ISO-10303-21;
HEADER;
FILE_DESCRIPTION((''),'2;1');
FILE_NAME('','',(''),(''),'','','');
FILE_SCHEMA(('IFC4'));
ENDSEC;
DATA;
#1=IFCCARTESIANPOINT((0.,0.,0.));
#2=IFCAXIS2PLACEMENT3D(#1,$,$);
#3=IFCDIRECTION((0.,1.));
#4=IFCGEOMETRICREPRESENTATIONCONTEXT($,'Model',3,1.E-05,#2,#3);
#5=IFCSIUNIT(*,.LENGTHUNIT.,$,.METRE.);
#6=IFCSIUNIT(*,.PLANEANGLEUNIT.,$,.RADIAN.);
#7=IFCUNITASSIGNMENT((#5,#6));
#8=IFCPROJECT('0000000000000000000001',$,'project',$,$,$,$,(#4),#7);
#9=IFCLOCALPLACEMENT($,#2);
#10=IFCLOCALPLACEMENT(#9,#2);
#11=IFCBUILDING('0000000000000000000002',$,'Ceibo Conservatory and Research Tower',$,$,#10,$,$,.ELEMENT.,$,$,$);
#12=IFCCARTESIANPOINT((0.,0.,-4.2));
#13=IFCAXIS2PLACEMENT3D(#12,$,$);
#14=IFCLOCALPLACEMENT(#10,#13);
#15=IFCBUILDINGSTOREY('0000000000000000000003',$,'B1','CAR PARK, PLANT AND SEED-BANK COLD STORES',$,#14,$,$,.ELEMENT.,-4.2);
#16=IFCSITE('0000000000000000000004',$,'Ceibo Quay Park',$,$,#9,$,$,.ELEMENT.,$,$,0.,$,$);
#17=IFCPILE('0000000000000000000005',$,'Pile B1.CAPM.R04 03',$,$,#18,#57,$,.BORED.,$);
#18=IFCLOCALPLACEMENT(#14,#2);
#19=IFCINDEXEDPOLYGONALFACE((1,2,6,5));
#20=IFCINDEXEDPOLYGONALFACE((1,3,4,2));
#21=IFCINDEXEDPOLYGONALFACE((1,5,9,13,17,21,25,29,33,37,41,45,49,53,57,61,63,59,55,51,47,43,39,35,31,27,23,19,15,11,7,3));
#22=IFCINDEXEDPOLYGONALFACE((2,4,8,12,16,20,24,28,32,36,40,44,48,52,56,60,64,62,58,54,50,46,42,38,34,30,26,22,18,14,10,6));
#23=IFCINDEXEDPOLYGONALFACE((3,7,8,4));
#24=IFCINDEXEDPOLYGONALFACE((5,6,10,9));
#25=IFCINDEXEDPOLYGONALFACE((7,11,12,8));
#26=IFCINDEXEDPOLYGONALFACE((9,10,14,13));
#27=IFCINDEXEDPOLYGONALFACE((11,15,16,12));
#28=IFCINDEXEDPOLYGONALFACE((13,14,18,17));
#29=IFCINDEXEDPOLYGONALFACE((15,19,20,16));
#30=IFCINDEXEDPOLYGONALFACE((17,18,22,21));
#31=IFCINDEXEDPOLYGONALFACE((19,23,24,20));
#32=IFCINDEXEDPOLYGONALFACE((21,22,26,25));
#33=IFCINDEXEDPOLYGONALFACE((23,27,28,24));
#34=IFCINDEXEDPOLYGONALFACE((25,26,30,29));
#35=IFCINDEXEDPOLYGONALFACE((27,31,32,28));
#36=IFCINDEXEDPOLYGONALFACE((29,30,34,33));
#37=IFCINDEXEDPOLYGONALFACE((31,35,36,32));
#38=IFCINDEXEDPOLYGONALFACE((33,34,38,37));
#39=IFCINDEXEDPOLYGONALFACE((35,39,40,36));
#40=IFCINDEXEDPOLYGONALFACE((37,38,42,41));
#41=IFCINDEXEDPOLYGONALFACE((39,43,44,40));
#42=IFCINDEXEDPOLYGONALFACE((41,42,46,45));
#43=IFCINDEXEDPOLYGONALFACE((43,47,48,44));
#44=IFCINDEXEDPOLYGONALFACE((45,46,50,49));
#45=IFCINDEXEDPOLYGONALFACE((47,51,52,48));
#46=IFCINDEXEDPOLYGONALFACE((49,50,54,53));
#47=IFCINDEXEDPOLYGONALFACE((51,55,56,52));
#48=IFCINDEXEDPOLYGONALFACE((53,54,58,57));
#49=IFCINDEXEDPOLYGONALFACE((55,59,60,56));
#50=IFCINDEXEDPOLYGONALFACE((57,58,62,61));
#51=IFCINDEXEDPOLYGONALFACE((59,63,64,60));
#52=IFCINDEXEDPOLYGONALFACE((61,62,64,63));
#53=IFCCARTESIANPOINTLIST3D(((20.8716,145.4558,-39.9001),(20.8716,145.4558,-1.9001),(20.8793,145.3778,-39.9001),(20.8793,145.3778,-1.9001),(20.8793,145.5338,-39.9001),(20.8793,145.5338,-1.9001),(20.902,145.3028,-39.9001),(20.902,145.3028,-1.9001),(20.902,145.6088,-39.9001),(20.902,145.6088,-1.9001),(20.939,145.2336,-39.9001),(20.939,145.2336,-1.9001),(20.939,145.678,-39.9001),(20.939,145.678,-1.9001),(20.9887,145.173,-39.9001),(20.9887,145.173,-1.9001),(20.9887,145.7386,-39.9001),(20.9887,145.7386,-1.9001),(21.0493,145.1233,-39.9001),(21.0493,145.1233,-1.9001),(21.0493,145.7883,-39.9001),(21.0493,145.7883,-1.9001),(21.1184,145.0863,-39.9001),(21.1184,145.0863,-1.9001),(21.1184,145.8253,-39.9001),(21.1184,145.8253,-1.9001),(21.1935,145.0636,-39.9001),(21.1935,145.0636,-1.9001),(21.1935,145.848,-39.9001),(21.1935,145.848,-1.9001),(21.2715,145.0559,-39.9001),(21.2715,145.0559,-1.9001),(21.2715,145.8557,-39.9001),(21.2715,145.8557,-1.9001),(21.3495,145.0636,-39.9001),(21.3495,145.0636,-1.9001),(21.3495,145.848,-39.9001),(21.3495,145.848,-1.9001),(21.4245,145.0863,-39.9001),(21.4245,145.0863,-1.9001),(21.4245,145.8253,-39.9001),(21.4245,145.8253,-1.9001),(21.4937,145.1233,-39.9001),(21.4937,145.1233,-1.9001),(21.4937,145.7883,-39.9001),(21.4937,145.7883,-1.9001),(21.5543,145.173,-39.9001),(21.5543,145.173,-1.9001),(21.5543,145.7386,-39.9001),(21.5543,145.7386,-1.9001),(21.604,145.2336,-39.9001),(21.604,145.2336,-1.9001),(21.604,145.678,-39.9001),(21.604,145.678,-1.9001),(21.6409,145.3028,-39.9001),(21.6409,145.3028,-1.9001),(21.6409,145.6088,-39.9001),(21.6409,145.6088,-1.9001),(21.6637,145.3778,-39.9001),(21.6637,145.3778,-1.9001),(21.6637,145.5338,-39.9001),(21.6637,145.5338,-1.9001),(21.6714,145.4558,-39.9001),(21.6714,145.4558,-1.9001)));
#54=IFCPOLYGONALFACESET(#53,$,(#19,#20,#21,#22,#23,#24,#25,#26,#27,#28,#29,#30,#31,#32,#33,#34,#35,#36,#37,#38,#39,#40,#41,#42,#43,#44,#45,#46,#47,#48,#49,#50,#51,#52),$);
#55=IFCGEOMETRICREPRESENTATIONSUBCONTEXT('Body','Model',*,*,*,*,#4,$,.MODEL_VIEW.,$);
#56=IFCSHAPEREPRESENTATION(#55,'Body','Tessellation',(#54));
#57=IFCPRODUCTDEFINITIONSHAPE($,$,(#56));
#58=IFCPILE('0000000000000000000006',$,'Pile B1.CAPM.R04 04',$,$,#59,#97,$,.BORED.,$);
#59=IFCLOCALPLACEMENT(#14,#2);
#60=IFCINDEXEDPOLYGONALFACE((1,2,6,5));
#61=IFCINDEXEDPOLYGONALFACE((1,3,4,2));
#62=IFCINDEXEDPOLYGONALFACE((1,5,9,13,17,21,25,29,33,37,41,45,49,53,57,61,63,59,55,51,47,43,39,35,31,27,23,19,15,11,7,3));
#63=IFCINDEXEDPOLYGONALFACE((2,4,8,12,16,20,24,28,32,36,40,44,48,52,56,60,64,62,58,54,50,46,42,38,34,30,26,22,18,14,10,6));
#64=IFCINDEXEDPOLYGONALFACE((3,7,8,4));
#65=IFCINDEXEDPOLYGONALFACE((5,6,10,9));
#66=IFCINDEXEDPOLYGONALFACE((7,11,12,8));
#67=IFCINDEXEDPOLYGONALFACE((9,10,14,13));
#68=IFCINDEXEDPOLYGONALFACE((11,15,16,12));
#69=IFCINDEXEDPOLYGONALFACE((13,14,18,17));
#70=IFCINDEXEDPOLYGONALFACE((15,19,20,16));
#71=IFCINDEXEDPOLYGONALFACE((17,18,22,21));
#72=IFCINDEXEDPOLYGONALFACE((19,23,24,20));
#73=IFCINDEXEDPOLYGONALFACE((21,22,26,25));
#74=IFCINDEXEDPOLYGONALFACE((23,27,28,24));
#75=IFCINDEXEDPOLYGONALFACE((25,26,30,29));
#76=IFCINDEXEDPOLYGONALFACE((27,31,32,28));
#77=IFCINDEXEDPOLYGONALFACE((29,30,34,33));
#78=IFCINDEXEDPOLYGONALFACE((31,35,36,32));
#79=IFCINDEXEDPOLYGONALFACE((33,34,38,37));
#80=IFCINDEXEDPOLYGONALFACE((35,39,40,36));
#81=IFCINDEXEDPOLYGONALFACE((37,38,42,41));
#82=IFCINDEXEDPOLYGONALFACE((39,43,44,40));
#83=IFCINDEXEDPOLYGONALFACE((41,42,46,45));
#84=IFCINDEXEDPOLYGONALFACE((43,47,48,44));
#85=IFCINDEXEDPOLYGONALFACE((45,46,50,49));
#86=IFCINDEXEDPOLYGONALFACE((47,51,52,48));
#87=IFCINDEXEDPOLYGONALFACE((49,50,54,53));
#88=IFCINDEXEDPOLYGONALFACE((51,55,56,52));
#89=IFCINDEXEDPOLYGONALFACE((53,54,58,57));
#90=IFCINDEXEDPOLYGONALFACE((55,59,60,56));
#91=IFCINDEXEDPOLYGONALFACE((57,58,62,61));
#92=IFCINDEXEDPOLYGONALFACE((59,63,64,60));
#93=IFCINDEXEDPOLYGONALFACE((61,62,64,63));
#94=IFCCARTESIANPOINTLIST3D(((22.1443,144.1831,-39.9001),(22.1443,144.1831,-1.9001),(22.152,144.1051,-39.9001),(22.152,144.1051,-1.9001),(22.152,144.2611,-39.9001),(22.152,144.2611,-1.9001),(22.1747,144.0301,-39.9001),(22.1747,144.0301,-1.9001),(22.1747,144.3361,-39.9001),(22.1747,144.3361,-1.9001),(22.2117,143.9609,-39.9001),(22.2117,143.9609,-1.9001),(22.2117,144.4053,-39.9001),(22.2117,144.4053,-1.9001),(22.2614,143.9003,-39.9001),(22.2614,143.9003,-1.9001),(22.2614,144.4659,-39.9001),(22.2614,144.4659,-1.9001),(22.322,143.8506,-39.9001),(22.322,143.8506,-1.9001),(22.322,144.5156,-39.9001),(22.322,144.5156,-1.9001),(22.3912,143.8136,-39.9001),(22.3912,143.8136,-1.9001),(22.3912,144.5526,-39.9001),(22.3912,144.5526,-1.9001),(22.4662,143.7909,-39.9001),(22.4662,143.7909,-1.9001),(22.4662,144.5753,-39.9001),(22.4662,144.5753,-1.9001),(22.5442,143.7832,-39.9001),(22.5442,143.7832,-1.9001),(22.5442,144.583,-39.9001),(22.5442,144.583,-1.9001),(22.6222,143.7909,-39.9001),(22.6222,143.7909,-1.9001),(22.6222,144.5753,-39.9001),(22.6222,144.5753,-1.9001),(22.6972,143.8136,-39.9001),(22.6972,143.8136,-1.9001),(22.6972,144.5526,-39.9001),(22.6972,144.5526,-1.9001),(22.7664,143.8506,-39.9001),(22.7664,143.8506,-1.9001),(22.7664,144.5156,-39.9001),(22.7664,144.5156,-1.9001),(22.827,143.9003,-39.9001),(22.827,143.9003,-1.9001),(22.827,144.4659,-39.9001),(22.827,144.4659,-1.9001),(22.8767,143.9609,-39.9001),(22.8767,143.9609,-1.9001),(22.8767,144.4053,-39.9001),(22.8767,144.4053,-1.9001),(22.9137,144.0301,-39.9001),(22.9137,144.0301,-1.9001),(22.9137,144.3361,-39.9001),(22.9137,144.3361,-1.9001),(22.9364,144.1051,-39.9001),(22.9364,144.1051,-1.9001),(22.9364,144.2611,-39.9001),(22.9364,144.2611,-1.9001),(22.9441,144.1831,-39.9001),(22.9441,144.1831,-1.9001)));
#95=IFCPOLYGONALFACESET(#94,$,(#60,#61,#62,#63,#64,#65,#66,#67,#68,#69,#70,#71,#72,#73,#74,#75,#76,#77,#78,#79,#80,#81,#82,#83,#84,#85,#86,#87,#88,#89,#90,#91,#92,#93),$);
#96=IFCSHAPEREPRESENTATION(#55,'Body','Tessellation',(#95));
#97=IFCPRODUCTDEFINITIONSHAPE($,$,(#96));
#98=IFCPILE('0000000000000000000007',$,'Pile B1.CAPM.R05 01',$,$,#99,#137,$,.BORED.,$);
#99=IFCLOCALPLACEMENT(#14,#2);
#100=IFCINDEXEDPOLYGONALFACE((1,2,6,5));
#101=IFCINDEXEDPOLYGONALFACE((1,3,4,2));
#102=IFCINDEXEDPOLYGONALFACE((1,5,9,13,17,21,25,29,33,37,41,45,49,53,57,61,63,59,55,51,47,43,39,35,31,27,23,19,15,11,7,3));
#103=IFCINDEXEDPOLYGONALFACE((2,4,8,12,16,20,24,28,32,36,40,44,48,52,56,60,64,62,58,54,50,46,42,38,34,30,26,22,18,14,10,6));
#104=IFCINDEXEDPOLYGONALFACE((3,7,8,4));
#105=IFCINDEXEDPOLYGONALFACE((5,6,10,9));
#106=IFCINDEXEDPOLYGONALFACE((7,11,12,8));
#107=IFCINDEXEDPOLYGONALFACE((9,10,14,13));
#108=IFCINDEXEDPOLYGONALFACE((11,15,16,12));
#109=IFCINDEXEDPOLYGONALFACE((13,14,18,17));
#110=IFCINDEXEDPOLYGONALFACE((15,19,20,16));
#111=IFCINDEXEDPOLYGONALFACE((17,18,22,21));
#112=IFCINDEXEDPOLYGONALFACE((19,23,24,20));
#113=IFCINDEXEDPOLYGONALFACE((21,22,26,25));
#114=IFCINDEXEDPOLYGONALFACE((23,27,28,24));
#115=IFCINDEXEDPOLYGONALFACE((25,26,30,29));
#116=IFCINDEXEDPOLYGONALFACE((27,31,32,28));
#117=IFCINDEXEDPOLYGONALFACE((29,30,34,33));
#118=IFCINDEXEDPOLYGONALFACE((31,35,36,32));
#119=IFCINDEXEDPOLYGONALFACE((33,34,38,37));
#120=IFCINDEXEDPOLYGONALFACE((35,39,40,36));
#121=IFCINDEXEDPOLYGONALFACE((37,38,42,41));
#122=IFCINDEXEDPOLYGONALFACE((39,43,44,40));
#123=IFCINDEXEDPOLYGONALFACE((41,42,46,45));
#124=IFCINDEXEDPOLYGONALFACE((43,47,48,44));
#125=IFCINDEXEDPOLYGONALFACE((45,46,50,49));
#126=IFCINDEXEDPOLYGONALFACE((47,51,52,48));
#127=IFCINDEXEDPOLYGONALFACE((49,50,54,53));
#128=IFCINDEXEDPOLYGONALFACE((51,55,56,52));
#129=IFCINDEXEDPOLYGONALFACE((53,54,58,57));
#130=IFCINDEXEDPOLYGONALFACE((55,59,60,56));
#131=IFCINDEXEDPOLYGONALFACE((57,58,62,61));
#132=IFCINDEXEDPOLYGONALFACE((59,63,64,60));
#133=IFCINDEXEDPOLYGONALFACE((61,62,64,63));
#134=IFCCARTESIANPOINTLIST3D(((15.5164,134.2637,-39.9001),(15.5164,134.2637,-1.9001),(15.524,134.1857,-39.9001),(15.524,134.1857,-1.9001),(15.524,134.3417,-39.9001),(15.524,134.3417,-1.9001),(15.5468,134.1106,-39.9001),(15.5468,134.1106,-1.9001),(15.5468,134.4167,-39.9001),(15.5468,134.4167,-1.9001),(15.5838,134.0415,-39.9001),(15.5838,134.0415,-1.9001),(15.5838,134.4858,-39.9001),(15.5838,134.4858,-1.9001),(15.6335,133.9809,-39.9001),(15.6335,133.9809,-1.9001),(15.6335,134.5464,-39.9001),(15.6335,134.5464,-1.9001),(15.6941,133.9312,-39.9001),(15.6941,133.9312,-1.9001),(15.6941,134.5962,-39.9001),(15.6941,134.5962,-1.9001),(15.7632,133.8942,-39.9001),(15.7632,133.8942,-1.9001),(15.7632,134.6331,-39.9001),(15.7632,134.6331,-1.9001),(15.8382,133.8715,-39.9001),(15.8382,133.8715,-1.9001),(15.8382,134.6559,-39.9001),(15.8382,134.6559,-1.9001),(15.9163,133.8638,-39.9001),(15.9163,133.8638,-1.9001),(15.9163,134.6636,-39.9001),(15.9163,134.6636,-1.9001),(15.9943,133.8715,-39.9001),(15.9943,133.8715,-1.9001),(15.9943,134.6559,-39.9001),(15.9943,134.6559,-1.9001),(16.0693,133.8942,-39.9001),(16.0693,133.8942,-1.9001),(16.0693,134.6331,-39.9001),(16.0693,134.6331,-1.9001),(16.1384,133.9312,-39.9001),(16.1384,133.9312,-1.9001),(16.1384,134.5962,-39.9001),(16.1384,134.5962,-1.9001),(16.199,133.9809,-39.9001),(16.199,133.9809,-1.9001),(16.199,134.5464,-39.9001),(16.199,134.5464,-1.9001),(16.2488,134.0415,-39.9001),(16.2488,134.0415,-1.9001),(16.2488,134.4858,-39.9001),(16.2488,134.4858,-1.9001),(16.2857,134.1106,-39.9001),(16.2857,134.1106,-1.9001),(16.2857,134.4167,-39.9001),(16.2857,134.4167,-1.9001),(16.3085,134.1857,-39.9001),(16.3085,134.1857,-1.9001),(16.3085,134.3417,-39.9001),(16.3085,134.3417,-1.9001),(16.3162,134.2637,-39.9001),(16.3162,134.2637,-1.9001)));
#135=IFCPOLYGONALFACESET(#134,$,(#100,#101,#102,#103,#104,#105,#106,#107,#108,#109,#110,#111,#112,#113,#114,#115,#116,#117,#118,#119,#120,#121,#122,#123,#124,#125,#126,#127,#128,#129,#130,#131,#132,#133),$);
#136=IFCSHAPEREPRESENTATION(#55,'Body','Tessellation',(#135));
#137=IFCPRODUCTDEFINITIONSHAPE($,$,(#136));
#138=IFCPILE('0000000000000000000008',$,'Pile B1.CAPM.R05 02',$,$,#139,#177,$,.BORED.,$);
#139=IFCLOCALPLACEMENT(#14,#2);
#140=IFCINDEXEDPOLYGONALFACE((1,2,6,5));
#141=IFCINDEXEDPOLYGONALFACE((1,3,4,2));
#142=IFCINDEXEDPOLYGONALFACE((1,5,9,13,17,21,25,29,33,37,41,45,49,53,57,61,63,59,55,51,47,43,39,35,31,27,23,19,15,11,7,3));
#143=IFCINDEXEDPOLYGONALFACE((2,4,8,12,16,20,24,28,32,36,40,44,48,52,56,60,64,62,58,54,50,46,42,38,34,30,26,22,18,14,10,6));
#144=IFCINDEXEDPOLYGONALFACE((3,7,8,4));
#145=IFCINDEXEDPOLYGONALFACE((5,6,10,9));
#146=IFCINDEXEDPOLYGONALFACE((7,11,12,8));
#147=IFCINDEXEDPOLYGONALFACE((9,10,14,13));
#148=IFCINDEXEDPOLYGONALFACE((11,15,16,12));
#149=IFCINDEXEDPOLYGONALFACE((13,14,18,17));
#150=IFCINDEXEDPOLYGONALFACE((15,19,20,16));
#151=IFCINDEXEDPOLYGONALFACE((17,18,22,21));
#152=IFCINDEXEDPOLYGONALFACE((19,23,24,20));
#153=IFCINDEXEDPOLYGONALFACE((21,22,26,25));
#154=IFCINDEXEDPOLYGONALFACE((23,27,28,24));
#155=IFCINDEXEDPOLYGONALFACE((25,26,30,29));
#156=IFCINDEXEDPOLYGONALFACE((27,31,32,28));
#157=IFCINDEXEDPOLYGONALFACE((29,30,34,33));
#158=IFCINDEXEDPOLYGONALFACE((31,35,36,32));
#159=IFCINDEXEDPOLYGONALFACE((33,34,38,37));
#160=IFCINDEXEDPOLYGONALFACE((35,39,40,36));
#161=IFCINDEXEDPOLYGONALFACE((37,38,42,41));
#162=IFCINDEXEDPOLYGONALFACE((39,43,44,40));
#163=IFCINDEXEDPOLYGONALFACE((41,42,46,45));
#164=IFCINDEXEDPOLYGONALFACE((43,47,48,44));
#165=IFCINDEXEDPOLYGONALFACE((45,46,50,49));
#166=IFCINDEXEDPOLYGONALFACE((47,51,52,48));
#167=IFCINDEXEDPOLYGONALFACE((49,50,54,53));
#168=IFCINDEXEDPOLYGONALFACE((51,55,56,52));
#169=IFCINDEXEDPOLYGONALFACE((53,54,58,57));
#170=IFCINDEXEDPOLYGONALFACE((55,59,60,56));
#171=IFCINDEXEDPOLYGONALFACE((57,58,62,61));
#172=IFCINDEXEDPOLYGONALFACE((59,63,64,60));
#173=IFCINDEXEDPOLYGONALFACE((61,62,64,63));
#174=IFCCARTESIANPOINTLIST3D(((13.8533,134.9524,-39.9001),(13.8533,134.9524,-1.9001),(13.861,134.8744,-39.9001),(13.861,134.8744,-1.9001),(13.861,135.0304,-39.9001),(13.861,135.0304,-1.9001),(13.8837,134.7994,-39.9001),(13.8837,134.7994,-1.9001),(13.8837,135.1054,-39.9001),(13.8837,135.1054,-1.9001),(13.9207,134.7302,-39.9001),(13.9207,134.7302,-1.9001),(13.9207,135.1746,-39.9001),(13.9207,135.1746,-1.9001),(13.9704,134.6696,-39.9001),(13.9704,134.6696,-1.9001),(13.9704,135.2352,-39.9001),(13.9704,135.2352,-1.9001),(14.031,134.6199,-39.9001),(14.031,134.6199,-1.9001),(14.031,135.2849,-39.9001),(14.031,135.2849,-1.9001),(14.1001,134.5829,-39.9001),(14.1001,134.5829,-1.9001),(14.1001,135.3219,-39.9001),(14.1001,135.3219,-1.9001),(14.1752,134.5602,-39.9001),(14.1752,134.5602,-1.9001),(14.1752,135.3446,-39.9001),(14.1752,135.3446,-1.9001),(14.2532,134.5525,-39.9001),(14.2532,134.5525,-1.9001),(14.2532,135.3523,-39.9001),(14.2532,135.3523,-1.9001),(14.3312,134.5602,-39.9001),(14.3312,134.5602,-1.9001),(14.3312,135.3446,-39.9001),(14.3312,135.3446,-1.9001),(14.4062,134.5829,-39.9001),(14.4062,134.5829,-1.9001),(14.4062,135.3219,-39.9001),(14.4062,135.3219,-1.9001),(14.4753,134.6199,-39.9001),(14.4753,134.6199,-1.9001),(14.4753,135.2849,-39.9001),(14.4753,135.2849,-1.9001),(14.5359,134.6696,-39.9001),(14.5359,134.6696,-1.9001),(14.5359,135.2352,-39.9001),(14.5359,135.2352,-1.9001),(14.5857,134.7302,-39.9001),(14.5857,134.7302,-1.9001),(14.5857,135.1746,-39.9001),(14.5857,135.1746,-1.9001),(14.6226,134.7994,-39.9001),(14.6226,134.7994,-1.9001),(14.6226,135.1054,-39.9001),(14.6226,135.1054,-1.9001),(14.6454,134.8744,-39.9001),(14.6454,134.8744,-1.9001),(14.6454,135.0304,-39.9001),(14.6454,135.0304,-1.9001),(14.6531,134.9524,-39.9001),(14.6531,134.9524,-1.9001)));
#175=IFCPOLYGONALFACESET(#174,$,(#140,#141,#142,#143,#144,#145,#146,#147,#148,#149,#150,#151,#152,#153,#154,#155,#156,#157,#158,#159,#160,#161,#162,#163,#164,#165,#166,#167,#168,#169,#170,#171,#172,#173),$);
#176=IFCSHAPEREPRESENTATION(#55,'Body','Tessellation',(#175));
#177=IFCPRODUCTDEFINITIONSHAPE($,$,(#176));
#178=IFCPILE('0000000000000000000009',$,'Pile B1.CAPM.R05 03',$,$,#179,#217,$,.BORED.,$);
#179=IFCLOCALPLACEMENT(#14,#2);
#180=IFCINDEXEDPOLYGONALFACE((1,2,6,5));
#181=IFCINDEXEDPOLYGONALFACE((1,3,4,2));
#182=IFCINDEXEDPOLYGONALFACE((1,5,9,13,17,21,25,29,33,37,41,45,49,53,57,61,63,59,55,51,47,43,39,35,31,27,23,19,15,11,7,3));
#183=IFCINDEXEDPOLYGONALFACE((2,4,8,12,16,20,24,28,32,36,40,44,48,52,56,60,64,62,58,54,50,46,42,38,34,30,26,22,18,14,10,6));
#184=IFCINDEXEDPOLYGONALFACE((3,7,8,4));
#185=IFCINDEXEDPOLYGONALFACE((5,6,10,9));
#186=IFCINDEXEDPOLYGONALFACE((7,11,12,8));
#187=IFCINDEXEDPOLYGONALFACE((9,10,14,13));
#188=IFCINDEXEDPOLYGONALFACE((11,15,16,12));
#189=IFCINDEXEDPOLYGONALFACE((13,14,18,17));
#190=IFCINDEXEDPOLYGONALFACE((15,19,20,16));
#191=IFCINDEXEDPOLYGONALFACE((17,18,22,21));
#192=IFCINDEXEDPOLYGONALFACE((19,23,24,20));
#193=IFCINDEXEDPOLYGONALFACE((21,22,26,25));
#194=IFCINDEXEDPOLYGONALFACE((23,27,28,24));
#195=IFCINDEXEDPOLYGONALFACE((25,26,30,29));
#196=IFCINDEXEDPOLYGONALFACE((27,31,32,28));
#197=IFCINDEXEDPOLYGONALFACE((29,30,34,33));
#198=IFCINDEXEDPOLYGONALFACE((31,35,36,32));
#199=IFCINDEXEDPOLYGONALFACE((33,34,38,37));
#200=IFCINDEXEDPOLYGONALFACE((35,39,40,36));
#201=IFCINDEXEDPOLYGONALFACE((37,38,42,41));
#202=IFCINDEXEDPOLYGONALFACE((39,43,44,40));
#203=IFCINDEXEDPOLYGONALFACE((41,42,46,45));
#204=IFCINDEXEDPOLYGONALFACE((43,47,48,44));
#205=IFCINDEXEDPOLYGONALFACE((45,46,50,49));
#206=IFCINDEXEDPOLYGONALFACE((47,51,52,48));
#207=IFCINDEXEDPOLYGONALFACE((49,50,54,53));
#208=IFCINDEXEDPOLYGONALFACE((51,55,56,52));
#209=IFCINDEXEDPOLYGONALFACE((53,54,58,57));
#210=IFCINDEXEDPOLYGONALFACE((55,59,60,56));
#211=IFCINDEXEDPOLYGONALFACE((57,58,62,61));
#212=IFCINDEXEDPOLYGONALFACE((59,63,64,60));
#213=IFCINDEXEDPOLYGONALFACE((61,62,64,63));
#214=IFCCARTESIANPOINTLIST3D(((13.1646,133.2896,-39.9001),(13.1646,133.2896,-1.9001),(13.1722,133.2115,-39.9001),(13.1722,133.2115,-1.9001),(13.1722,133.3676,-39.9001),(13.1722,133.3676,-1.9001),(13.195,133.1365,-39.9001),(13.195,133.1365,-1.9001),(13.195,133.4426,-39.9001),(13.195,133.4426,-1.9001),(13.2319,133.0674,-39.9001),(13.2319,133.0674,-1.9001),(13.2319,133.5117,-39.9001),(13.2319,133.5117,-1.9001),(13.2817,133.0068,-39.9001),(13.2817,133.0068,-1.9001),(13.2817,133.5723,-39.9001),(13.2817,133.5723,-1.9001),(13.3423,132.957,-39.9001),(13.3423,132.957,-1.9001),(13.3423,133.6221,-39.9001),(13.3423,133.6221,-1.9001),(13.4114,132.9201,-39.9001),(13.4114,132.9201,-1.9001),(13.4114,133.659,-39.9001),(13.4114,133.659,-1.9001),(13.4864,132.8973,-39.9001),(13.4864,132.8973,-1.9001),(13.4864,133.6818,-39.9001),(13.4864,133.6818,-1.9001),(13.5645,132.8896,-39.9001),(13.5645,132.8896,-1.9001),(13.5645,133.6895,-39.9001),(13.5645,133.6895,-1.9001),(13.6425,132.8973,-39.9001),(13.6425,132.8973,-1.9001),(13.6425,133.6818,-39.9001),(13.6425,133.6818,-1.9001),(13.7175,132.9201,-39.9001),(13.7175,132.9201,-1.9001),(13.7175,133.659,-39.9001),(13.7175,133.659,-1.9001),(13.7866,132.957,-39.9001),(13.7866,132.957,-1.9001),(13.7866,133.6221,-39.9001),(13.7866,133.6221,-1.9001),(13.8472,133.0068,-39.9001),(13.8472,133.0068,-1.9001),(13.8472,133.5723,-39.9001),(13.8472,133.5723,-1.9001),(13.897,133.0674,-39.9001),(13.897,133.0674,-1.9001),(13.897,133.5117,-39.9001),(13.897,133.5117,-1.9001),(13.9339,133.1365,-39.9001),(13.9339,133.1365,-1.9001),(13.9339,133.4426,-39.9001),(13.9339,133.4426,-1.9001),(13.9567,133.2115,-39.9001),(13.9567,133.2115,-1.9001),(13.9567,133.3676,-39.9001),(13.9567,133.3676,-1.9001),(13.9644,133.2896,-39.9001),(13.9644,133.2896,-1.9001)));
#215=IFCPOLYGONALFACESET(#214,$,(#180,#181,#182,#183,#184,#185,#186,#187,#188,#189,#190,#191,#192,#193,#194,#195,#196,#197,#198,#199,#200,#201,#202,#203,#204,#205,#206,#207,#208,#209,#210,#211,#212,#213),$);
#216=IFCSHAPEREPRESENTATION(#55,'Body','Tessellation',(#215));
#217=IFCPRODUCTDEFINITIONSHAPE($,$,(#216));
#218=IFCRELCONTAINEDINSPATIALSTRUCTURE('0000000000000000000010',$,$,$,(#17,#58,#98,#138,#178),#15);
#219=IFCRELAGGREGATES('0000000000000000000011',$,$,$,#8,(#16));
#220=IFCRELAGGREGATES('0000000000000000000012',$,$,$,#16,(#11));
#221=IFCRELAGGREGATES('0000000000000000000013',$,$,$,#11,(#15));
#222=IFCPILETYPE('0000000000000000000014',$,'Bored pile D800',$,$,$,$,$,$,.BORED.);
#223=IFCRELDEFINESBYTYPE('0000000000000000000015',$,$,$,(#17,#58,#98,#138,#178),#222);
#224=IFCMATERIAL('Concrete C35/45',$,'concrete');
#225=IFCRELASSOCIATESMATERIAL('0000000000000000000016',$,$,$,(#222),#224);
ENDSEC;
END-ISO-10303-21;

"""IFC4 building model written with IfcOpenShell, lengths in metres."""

from ifc_helpers import new_model, si_unit, direction, frame, origin, origin_2d, place, context, subcontext, project, spatial, circle, extrude, material, material_profile, profile_set, type_object, element, save


model = new_model("IFC4")

# Units and contexts
model_context = context("Model", 3, precision=1e-05, world=origin(), true_north=direction((0.0, 1.0)))
body_context = subcontext(model_context, "Body", "Model", "MODEL_VIEW")
ifc_project = project(units=[si_unit("LENGTHUNIT", "METRE"), si_unit("PLANEANGLEUNIT", "RADIAN")], contexts=[model_context])

# Site, building, storey
site_placement = place(None, origin())
site = spatial("IfcSite", under=ifc_project, at=site_placement, Name="Ceibo Quay Park", CompositionType="ELEMENT", RefElevation=0.0)
building_placement = place(site_placement, origin())
building = spatial("IfcBuilding", under=site, at=building_placement, Name="Ceibo Conservatory and Research Tower", CompositionType="ELEMENT")
storey_placement = place(building_placement, frame((0.0, 0.0, -4.2)))
storey = spatial("IfcBuildingStorey", under=building, at=storey_placement, Name="B1", Description="CAR PARK, PLANT AND SEED-BANK COLD STORES", CompositionType="ELEMENT", Elevation=-4.2)

# Piles
ifc_material_1 = material(Name="Concrete C35/45", Category="concrete")
ifc_material_profile_1 = material_profile(ifc_material_1, circle(Radius=0.3999, at=origin_2d()), Name="RC D800")
ifc_profile_set_1 = profile_set([ifc_material_profile_1], Name="Concrete C35/45")
pile_type_1 = type_object("IfcPileType", Name="Bored pile D800", PredefinedType="BORED", material=ifc_profile_set_1)
for number, where, z_axis, x_axis, name in (
    (1, (21.2715, 145.4558, -1.9001), (0.0, 0.0, -1.0), (1.0, 0.0, 0.0), "Pile B1.CAPM.R04 03"),
    (2, (22.5442, 144.1831, -1.9001), (0.0, 0.0, -1.0), (1.0, 0.0, 0.0), "Pile B1.CAPM.R04 04"),
    (3, (15.9163, 134.2637, -1.9001), (0.0, 0.0, -1.0), (1.0, 0.0, 0.0), "Pile B1.CAPM.R05 01"),
    (4, (14.2532, 134.9524, -1.9001), (0.0, 0.0, -1.0), (1.0, 0.0, 0.0), "Pile B1.CAPM.R05 02"),
    (5, (13.5645, 133.2896, -1.9001), (0.0, 0.0, -1.0), (1.0, 0.0, 0.0), "Pile B1.CAPM.R05 03"),
):
    element("IfcPile", number, at=place(storey_placement, frame(where, z_axis=z_axis, x_axis=x_axis)), inside=storey, type_object=pile_type_1, Name=name, PredefinedType="BORED", context=body_context, shape_type="SweptSolid", body=[
        extrude(circle(Radius=0.3999, at=origin_2d()), origin(), (0.0, 0.0, 1.0), 38.0),
    ])

save(model, "model.ifc")
